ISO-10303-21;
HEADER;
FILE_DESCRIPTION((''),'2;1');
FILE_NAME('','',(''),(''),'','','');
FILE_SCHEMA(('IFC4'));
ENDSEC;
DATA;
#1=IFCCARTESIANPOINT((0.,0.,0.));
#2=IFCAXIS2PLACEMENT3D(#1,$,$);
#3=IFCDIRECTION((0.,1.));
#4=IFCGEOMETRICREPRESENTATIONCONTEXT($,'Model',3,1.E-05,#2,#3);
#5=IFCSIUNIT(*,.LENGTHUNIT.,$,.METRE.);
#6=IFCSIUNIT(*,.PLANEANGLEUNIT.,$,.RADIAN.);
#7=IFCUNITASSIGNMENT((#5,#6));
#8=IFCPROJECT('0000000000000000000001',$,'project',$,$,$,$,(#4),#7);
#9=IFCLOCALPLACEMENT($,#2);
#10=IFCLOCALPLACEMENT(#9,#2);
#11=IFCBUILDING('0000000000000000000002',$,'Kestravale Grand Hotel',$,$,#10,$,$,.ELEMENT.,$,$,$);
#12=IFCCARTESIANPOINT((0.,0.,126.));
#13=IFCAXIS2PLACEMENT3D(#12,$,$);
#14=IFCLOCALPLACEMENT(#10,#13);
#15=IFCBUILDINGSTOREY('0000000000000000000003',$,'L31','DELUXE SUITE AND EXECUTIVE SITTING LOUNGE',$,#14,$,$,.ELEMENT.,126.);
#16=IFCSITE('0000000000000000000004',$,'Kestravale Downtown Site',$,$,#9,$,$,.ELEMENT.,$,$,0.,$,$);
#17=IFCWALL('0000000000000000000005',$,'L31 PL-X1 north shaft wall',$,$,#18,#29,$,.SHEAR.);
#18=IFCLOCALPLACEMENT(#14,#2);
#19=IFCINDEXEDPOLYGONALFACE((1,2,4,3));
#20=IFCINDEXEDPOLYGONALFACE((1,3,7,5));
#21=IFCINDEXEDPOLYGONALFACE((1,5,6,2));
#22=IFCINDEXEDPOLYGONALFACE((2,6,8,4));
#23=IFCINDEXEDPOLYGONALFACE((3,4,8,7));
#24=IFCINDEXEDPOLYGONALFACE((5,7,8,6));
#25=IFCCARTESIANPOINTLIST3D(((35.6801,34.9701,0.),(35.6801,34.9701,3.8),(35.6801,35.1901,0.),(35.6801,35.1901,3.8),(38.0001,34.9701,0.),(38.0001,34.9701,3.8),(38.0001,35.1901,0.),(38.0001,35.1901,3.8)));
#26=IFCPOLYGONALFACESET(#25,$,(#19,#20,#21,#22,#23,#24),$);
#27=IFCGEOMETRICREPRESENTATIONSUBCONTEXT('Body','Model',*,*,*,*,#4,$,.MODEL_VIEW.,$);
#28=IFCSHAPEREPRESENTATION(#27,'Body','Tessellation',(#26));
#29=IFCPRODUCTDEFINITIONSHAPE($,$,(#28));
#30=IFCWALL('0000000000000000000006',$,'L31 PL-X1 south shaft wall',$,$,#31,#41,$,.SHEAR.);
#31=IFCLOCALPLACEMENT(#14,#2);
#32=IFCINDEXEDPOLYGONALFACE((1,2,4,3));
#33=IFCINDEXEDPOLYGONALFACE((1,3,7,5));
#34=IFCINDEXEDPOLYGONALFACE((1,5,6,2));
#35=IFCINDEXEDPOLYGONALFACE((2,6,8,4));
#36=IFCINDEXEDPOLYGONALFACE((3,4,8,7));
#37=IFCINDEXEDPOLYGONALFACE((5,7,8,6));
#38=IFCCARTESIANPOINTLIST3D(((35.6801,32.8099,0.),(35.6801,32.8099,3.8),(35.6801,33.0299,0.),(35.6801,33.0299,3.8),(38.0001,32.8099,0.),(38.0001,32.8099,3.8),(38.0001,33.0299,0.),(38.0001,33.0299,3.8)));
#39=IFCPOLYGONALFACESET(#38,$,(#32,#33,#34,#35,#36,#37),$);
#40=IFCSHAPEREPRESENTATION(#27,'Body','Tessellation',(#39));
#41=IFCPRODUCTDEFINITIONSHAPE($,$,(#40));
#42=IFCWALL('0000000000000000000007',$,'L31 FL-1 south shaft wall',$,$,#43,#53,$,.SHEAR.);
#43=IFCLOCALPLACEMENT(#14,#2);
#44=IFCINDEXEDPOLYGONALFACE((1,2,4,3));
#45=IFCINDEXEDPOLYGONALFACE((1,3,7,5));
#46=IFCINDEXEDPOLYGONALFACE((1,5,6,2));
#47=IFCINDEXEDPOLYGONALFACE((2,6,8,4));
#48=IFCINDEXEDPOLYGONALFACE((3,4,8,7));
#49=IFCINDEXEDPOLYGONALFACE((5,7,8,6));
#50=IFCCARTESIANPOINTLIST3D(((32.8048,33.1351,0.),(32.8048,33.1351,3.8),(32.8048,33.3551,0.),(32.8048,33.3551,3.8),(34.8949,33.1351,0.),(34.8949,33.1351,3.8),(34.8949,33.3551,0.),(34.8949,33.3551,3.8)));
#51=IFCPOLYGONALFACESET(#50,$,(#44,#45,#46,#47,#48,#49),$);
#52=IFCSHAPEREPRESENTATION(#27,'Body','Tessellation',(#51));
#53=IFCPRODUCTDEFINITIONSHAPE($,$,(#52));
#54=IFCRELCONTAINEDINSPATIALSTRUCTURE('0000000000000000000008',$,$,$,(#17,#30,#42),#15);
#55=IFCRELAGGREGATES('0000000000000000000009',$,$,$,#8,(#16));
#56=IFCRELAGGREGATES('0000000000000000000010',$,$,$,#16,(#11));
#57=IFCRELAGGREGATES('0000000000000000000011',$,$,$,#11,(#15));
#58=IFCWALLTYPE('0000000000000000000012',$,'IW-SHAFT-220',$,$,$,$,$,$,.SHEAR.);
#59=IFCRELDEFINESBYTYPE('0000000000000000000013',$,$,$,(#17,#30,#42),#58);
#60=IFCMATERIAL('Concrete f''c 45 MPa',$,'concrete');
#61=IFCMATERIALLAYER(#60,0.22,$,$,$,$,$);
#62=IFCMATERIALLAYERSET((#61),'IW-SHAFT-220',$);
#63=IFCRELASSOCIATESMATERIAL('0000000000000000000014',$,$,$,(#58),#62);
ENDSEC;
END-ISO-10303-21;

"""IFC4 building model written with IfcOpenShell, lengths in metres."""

from ifc_helpers import new_model, si_unit, direction, frame, frame_2d, origin, place, context, subcontext, project, spatial, rectangle, extrude, material, layer, layer_set, type_object, element, save


model = new_model("IFC4")

# Units and contexts
model_context = context("Model", 3, precision=1e-05, world=origin(), true_north=direction((0.0, 1.0)))
body_context = subcontext(model_context, "Body", "Model", "MODEL_VIEW")
ifc_project = project(units=[si_unit("LENGTHUNIT", "METRE"), si_unit("PLANEANGLEUNIT", "RADIAN")], contexts=[model_context])

# Site, building, storey
site_placement = place(None, origin())
site = spatial("IfcSite", under=ifc_project, at=site_placement, Name="Kestravale Downtown Site", CompositionType="ELEMENT", RefElevation=0.0)
building_placement = place(site_placement, origin())
building = spatial("IfcBuilding", under=site, at=building_placement, Name="Kestravale Grand Hotel", CompositionType="ELEMENT")
storey_placement = place(building_placement, frame((0.0, 0.0, 126.0)))
storey = spatial("IfcBuildingStorey", under=building, at=storey_placement, Name="L31", Description="DELUXE SUITE AND EXECUTIVE SITTING LOUNGE", CompositionType="ELEMENT", Elevation=126.0)

# Shared definitions
ifc_material_1 = material(Name="Concrete f'c 45 MPa", Category="concrete")
ifc_layer_1 = layer(ifc_material_1, 0.22)
ifc_layer_set_1 = layer_set([ifc_layer_1], Name="IW-SHAFT-220")
wall_type_1 = type_object("IfcWallType", Name="IW-SHAFT-220", PredefinedType="SHEAR", material=ifc_layer_set_1)

# Walls
for number, where, z_axis, x_axis, name in (
    (1, (35.6799, 35.0801, 0.0), (0.0, 0.0, 1.0), (1.0, 0.0, 0.0), "L31 PL-X1 north shaft wall"),
    (2, (35.6799, 32.9199, 0.0), (0.0, 0.0, 1.0), (1.0, 0.0, 0.0), "L31 PL-X1 south shaft wall"),
):
    element("IfcWall", number, at=place(storey_placement, frame(where, z_axis=z_axis, x_axis=x_axis)), inside=storey, type_object=wall_type_1, Name=name, PredefinedType="SHEAR", context=body_context, shape_type="SweptSolid", body=[
        extrude(rectangle(XDim=2.3201, YDim=0.22, at=frame_2d((1.1602, 0.0))), origin(), (0.0, 0.0, 1.0), 3.8),
    ])
wall_1_placement = place(storey_placement, frame((32.8049, 33.2451, 0.0), z_axis=(0.0, 0.0, 1.0), x_axis=(1.0, 0.0, 0.0)))
element("IfcWall", 3, at=wall_1_placement, inside=storey, type_object=wall_type_1, Name="L31 FL-1 south shaft wall", PredefinedType="SHEAR", context=body_context, shape_type="SweptSolid", body=[
    extrude(rectangle(XDim=2.0901, YDim=0.22, at=frame_2d((1.0449, 0.0))), origin(), (0.0, 0.0, 1.0), 3.8),
])

save(model, "model.ifc")
